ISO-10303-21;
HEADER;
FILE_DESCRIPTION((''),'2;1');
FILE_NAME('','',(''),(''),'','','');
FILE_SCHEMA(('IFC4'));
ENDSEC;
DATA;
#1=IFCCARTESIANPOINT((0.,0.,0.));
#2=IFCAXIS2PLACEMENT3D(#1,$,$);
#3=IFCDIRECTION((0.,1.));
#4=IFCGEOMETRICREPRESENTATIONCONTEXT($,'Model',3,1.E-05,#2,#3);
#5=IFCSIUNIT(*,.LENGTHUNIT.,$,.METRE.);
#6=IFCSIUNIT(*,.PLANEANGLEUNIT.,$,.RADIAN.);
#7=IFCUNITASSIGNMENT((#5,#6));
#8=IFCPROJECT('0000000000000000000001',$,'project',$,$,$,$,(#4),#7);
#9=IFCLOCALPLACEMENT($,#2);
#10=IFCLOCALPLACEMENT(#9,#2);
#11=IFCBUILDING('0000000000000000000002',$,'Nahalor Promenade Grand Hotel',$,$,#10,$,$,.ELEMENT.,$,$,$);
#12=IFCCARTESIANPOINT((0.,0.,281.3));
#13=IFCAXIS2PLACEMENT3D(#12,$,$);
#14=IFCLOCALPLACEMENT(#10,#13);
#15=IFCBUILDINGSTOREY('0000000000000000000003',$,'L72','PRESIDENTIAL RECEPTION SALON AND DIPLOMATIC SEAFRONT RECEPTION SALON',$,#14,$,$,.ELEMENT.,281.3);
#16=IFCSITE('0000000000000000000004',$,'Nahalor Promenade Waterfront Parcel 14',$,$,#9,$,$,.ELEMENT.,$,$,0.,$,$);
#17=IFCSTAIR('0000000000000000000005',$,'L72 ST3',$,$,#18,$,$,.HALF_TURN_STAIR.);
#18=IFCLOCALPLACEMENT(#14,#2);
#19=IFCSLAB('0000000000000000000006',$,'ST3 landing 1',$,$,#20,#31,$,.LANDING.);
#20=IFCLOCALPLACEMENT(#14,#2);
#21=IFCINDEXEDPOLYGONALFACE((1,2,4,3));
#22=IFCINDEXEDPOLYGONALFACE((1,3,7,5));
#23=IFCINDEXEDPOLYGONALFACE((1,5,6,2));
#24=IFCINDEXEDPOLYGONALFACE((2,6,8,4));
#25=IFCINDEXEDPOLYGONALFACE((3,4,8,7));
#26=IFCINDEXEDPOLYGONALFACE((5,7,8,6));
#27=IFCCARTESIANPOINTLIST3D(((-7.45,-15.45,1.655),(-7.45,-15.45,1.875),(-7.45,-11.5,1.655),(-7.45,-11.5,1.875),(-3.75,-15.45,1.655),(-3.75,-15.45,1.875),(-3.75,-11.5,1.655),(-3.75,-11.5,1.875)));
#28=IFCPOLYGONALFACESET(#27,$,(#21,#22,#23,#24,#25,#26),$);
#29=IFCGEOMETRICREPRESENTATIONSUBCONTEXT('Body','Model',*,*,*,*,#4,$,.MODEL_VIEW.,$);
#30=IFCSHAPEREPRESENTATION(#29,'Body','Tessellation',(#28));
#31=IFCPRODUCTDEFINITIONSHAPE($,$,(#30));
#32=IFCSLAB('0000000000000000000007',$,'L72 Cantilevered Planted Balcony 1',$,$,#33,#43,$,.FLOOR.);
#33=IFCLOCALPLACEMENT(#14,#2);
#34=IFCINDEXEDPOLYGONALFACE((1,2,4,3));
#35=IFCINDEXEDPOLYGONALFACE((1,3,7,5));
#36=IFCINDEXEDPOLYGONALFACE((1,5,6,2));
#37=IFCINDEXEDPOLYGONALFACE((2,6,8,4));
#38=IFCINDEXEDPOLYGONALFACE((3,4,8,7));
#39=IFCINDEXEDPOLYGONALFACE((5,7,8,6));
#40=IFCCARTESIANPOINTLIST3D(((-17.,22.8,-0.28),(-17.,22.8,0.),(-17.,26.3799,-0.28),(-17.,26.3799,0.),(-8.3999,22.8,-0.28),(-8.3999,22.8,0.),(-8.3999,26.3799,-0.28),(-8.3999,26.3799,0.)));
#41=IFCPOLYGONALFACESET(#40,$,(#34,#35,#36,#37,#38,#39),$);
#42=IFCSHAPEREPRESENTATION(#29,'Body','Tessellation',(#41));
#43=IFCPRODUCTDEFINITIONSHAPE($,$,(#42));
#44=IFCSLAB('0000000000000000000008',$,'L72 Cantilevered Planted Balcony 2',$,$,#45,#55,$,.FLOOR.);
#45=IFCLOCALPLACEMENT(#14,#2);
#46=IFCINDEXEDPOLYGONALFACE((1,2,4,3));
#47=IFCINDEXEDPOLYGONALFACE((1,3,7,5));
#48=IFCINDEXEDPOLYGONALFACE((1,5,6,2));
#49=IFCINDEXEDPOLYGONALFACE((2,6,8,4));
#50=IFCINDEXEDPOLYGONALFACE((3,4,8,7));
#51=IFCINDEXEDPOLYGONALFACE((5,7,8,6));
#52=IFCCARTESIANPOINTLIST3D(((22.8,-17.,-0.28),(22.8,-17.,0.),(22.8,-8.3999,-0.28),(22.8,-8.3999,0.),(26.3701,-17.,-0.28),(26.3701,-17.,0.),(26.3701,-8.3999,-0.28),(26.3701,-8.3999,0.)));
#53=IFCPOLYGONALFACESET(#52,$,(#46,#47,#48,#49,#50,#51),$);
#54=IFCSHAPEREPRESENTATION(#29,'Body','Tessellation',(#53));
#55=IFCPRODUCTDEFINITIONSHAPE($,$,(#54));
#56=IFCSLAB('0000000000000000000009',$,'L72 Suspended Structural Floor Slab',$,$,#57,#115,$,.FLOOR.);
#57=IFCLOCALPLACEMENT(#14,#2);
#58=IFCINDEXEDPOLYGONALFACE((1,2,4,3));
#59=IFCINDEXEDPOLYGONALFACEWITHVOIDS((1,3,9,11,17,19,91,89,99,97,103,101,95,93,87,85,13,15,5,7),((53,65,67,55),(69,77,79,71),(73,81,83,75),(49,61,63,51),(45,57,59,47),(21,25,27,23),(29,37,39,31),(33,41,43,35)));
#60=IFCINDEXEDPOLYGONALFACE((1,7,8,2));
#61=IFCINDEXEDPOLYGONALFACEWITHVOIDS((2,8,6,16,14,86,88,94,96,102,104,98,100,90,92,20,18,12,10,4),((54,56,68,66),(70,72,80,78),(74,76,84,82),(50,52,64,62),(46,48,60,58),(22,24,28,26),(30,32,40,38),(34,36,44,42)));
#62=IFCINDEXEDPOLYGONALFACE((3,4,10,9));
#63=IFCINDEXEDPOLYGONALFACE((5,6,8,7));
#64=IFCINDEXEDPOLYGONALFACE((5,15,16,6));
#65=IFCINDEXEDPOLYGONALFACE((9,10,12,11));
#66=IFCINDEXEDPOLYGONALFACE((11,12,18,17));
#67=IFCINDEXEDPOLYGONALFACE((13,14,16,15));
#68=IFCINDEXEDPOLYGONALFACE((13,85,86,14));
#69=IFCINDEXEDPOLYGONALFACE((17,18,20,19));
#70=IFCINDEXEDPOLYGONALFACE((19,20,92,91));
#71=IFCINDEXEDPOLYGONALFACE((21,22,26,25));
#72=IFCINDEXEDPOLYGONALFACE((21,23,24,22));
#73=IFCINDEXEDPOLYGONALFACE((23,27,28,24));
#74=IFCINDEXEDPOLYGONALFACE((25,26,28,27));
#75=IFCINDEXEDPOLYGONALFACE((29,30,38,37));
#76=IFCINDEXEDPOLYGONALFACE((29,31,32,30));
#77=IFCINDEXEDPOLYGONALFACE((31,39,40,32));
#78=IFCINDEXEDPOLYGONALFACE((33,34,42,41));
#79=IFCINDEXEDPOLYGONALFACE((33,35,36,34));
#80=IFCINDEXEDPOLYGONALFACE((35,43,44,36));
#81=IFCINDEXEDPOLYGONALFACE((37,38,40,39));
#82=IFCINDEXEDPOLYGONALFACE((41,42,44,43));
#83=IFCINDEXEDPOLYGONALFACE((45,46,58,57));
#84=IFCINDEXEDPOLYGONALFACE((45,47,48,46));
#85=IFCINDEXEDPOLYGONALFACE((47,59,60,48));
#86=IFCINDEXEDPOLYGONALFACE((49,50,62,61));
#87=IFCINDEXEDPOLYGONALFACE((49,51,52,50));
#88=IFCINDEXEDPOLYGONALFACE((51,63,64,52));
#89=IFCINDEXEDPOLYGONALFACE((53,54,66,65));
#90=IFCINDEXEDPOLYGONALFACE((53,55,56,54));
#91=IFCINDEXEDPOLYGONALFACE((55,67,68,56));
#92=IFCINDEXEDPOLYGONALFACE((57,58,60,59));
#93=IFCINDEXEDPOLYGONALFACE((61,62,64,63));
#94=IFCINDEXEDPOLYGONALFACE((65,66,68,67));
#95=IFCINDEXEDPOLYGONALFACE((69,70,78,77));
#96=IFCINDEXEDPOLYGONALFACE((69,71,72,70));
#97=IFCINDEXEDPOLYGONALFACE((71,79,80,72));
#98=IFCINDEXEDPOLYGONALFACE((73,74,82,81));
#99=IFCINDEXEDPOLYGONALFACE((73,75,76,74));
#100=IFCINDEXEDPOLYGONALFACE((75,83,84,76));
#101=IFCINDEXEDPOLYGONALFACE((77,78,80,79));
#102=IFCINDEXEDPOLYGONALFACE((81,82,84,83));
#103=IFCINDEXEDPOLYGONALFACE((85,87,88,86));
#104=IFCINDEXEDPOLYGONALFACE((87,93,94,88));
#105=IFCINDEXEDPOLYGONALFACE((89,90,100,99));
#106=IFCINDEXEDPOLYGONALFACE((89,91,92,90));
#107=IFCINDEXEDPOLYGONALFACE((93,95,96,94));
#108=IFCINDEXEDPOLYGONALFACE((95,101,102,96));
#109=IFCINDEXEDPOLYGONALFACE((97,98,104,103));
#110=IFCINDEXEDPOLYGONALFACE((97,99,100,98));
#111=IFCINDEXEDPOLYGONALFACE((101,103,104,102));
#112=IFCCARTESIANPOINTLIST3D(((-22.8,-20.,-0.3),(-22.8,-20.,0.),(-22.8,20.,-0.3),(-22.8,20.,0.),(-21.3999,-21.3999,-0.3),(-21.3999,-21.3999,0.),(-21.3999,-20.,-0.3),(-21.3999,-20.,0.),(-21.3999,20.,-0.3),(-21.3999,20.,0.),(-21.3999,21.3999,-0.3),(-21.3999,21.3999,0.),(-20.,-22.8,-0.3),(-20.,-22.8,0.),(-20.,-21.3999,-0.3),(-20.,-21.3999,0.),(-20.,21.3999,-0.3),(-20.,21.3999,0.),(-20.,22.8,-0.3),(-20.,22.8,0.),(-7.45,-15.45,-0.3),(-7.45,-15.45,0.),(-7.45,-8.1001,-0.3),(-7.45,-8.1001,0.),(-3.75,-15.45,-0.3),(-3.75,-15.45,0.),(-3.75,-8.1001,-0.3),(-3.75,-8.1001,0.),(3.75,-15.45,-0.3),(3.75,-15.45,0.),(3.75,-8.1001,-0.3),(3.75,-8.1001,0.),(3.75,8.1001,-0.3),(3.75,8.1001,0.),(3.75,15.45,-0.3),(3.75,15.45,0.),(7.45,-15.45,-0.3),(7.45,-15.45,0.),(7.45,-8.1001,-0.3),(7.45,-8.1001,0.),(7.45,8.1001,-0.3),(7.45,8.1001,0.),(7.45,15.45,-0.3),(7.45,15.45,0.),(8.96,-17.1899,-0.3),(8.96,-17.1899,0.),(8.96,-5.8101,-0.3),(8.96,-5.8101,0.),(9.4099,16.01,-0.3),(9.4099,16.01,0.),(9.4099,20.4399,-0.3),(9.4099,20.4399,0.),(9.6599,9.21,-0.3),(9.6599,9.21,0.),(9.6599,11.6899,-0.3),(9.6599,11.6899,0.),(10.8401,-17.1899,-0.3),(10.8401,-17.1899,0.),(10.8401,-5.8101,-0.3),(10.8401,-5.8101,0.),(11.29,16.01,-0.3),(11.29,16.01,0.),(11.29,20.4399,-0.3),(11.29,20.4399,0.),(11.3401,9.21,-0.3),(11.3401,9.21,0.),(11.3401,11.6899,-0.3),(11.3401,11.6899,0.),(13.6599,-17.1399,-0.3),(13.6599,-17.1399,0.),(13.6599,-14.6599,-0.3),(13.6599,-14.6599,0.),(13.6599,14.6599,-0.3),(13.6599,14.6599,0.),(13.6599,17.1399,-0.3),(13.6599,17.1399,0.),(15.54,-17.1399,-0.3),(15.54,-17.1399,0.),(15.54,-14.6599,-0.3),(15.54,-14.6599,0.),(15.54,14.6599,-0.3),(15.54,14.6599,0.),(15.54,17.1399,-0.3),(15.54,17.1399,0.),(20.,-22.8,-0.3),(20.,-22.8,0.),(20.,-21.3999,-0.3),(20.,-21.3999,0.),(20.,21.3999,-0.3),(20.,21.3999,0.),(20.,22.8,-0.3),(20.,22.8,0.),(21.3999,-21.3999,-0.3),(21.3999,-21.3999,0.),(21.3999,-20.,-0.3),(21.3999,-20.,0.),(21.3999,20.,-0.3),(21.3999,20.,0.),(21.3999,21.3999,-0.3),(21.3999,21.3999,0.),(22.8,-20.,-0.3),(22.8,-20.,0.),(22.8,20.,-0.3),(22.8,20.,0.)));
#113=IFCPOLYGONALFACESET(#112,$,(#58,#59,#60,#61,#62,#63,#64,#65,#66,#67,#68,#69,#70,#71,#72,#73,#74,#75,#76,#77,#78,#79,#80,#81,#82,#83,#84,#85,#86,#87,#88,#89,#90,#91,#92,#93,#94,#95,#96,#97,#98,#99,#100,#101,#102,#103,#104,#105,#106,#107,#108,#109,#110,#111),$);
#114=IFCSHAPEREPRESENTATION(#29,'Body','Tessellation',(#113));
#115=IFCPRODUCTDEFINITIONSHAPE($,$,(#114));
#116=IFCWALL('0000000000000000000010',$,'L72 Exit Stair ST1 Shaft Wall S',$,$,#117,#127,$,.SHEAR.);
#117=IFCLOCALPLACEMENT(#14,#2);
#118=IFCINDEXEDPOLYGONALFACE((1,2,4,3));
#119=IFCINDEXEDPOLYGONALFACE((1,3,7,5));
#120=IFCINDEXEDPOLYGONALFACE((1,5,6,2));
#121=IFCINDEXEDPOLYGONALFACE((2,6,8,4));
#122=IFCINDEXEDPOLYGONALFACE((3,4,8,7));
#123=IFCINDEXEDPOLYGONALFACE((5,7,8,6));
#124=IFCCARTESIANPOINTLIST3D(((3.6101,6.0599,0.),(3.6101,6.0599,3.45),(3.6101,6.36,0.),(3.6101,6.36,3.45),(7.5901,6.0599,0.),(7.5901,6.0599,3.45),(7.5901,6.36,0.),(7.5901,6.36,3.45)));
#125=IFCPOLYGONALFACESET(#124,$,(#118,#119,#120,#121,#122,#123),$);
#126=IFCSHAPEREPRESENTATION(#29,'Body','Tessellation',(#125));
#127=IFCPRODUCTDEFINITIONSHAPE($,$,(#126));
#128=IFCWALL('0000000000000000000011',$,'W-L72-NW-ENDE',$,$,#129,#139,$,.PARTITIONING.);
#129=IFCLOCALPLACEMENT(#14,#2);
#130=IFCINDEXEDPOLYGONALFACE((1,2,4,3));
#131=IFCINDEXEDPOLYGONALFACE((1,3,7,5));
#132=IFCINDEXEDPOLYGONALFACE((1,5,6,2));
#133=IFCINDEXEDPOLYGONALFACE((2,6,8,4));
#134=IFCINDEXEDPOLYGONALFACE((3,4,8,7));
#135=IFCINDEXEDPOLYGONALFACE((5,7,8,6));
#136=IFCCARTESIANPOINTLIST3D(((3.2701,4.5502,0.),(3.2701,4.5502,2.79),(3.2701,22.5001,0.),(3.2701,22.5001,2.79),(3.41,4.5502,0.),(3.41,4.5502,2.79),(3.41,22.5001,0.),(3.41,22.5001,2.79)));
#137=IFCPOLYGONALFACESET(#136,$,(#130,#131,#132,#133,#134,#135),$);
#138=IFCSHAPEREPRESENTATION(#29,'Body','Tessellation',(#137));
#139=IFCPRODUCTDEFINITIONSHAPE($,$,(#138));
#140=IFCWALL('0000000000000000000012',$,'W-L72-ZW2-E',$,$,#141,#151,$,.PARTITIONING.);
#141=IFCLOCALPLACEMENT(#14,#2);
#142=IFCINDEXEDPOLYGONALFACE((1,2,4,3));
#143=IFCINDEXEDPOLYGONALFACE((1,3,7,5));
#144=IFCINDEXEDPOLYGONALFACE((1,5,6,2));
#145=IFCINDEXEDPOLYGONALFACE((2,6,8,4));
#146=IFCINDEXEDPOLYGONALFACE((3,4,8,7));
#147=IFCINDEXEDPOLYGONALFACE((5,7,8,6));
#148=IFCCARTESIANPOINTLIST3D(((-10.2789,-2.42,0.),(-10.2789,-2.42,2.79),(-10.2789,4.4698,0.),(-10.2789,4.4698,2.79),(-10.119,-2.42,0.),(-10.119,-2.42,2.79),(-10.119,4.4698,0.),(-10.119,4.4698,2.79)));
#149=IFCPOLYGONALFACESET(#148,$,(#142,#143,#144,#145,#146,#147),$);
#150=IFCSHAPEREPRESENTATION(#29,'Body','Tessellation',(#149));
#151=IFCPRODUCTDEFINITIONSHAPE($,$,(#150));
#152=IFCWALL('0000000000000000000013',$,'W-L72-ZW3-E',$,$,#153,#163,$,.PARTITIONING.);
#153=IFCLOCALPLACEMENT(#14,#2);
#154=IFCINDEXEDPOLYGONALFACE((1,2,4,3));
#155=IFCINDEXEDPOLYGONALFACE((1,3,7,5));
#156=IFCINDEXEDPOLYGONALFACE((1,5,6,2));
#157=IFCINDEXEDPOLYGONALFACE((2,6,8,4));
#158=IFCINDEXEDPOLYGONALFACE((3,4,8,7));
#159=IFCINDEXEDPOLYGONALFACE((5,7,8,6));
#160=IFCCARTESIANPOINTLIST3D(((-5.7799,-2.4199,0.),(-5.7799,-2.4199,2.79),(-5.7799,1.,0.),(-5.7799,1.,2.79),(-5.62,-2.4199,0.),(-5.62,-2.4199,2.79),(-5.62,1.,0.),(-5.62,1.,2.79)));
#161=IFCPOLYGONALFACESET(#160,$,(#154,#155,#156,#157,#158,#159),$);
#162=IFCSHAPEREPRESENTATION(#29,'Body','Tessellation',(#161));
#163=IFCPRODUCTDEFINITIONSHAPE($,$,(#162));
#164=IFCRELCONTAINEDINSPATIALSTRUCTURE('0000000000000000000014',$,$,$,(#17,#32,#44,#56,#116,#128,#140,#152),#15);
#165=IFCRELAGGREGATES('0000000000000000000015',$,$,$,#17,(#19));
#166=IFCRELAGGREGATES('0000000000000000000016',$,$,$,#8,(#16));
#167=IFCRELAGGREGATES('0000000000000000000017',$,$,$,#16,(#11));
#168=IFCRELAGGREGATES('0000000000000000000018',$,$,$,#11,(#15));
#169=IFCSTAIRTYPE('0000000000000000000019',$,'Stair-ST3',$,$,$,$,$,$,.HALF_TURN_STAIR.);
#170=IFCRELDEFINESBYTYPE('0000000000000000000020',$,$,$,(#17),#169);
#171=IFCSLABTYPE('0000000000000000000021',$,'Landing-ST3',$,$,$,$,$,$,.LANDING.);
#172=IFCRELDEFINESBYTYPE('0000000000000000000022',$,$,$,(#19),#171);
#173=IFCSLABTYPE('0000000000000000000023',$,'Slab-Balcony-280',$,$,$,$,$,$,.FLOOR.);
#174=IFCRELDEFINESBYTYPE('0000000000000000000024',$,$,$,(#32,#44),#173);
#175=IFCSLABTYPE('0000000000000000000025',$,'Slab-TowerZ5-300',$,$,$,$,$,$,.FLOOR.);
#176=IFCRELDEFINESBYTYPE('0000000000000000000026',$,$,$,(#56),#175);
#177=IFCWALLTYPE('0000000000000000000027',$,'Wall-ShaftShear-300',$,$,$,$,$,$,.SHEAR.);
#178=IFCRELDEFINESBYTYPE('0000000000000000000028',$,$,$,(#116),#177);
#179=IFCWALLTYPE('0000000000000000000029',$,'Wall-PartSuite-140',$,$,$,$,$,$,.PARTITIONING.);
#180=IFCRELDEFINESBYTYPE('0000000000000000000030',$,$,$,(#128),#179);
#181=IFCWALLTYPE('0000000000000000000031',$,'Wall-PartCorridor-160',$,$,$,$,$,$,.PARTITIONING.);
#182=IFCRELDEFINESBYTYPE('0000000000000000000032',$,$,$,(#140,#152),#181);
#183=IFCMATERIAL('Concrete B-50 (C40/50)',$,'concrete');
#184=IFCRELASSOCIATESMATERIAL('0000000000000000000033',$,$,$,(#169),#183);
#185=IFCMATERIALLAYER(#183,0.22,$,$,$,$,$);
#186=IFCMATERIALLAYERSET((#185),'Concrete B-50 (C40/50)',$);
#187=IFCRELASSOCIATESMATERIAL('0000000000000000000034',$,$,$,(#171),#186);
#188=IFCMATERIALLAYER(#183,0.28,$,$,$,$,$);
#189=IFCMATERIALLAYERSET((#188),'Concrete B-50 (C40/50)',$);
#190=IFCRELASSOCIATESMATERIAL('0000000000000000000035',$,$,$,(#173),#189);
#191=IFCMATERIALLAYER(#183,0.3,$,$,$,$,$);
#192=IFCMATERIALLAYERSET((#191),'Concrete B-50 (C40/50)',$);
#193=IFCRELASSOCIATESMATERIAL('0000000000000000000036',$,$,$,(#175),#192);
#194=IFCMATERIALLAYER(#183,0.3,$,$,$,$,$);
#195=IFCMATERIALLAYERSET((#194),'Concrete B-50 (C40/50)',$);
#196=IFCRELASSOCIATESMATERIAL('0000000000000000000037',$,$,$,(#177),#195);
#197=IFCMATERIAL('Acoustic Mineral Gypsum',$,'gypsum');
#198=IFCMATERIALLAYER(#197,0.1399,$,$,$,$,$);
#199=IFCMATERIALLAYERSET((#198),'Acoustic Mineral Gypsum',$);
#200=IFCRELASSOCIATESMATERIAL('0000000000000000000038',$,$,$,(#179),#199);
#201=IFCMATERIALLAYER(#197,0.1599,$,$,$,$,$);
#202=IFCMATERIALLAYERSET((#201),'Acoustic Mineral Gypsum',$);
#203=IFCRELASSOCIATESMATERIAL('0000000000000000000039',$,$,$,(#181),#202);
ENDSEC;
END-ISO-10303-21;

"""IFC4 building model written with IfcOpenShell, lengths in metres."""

from ifc_helpers import new_model, si_unit, direction, frame, frame_2d, origin, place, context, subcontext, project, spatial, polyline, rectangle, outline, extrude, source, transform, mapped, material, layer, layer_set, type_object, element, aggregate, save


model = new_model("IFC4")

# Units and contexts
model_context = context("Model", 3, precision=1e-05, world=origin(), true_north=direction((0.0, 1.0)))
body_context = subcontext(model_context, "Body", "Model", "MODEL_VIEW")
ifc_project = project(units=[si_unit("LENGTHUNIT", "METRE"), si_unit("PLANEANGLEUNIT", "RADIAN")], contexts=[model_context])

# Site, building, storey
site_placement = place(None, origin())
site = spatial("IfcSite", under=ifc_project, at=site_placement, Name="Nahalor Promenade Waterfront Parcel 14", CompositionType="ELEMENT", RefElevation=0.0)
building_placement = place(site_placement, origin())
building = spatial("IfcBuilding", under=site, at=building_placement, Name="Nahalor Promenade Grand Hotel", CompositionType="ELEMENT")
storey_placement = place(building_placement, frame((0.0, 0.0, 281.3)))
storey = spatial("IfcBuildingStorey", under=building, at=storey_placement, Name="L72", Description="PRESIDENTIAL RECEPTION SALON AND DIPLOMATIC SEAFRONT RECEPTION SALON", CompositionType="ELEMENT", Elevation=281.3)

# Shared definitions
ifc_material_1 = material(Name="Concrete B-50 (C40/50)", Category="concrete")

# Stair, slab
stair_type_1 = type_object("IfcStairType", Name="Stair-ST3", PredefinedType="HALF_TURN_STAIR", material=ifc_material_1)
stair_1_placement = place(storey_placement, origin())
stair_1 = element("IfcStair", 1, at=stair_1_placement, inside=storey, type_object=stair_type_1, Name="L72 ST3", PredefinedType="HALF_TURN_STAIR")
ifc_layer_1 = layer(ifc_material_1, 0.22)
ifc_layer_set_1 = layer_set([ifc_layer_1], Name="Concrete B-50 (C40/50)")
slab_type_1 = type_object("IfcSlabType", Name="Landing-ST3", PredefinedType="LANDING", material=ifc_layer_set_1)
slab_1_placement = place(storey_placement, frame((0.0, 0.0, 1.655)))
slab_1 = element("IfcSlab", 2, at=slab_1_placement, type_object=slab_type_1, Name="ST3 landing 1", PredefinedType="LANDING", context=body_context, shape_type="SweptSolid", body=[
    extrude(outline(polyline([(-7.45, -11.5), (-7.45, -15.45), (-3.75, -15.45), (-3.75, -11.5), (-7.45, -11.5)])), origin(), (0.0, 0.0, 1.0), 0.22),
])
aggregate(stair_1, [slab_1])

# Slabs
ifc_layer_2 = layer(ifc_material_1, 0.28)
ifc_layer_set_2 = layer_set([ifc_layer_2], Name="Concrete B-50 (C40/50)")
slab_type_2 = type_object("IfcSlabType", Name="Slab-Balcony-280", PredefinedType="FLOOR", material=ifc_layer_set_2)
slab_2_placement = place(storey_placement, frame((0.0, 0.0, -0.28)))
element("IfcSlab", 3, at=slab_2_placement, inside=storey, type_object=slab_type_2, Name="L72 Cantilevered Planted Balcony 1", PredefinedType="FLOOR", context=body_context, shape_type="SweptSolid", body=[
    extrude(outline(polyline([(-17.0, 22.8), (-8.3999, 22.8), (-8.3999, 26.3799), (-17.0, 26.3799), (-17.0, 22.8)])), origin(), (0.0, 0.0, 1.0), 0.28),
])
slab_3_placement = place(storey_placement, frame((0.0, 0.0, -0.28)))
element("IfcSlab", 4, at=slab_3_placement, inside=storey, type_object=slab_type_2, Name="L72 Cantilevered Planted Balcony 2", PredefinedType="FLOOR", context=body_context, shape_type="SweptSolid", body=[
    extrude(outline(polyline([(22.8, -17.0), (26.3701, -17.0), (26.3701, -8.3999), (22.8, -8.3999), (22.8, -17.0)])), origin(), (0.0, 0.0, 1.0), 0.28),
])
ifc_layer_3 = layer(ifc_material_1, 0.3)
ifc_layer_set_3 = layer_set([ifc_layer_3], Name="Concrete B-50 (C40/50)")
slab_type_3 = type_object("IfcSlabType", Name="Slab-TowerZ5-300", PredefinedType="FLOOR", material=ifc_layer_set_3)
slab_4_placement = place(storey_placement, frame((0.0, 0.0, -0.3)))
element("IfcSlab", 5, at=slab_4_placement, inside=storey, type_object=slab_type_3, Name="L72 Suspended Structural Floor Slab", PredefinedType="FLOOR", context=body_context, shape_type="SweptSolid", body=[
    extrude(outline(polyline([(-20.0, -22.8), (20.0, -22.8), (20.0, -21.3999), (21.3999, -21.3999), (21.3999, -20.0), (22.8, -20.0), (22.8, 20.0), (21.3999, 20.0), (21.3999, 21.3999), (20.0, 21.3999), (20.0, 22.8), (-20.0, 22.8), (-20.0, 21.3999), (-21.3999, 21.3999), (-21.3999, 20.0), (-22.8, 20.0), (-22.8, -20.0), (-21.3999, -20.0), (-21.3999, -21.3999), (-20.0, -21.3999), (-20.0, -22.8)]), holes=[polyline([(3.75, 8.1001), (7.45, 8.1001), (7.45, 15.45), (3.75, 15.45), (3.75, 8.1001)]), polyline([(3.75, -15.45), (7.45, -15.45), (7.45, -8.1001), (3.75, -8.1001), (3.75, -15.45)]), polyline([(-7.45, -15.45), (-3.75, -15.45), (-3.75, -8.1001), (-7.45, -8.1001), (-7.45, -15.45)]), polyline([(8.96, -17.1899), (10.8401, -17.1899), (10.8401, -5.8101), (8.96, -5.8101), (8.96, -17.1899)]), polyline([(9.4099, 16.01), (11.29, 16.01), (11.29, 20.4399), (9.4099, 20.4399), (9.4099, 16.01)]), polyline([(9.6599, 9.21), (11.3401, 9.21), (11.3401, 11.6899), (9.6599, 11.6899), (9.6599, 9.21)]), polyline([(13.6599, 14.6599), (15.54, 14.6599), (15.54, 17.1399), (13.6599, 17.1399), (13.6599, 14.6599)]), polyline([(13.6599, -17.1399), (15.54, -17.1399), (15.54, -14.6599), (13.6599, -14.6599), (13.6599, -17.1399)])]), origin(), (0.0, 0.0, 1.0), 0.3),
])

# Walls
ifc_layer_4 = layer(ifc_material_1, 0.3)
ifc_layer_set_4 = layer_set([ifc_layer_4], Name="Concrete B-50 (C40/50)")
wall_type_1 = type_object("IfcWallType", Name="Wall-ShaftShear-300", PredefinedType="SHEAR", material=ifc_layer_set_4)
shared_shape_1 = source(origin(), body_context, "Body", "SweptSolid", [
    extrude(rectangle(XDim=3.98, YDim=0.3, at=frame_2d((1.99, 0.0))), origin(), (0.0, 0.0, 1.0), 3.45),
])
wall_1_placement = place(storey_placement, frame((3.6101, 6.21, 0.0), z_axis=(0.0, 0.0, 1.0), x_axis=(1.0, 0.0, 0.0)))
element("IfcWall", 6, at=wall_1_placement, inside=storey, type_object=wall_type_1, Name="L72 Exit Stair ST1 Shaft Wall S", PredefinedType="SHEAR", context=body_context, shape_type="MappedRepresentation", body=[
    mapped(shared_shape_1, transform((0.0, 0.0, 0.0), scale=1.0)),
])
ifc_material_2 = material(Name="Acoustic Mineral Gypsum", Category="gypsum")
ifc_layer_5 = layer(ifc_material_2, 0.1399)
ifc_layer_set_5 = layer_set([ifc_layer_5], Name="Acoustic Mineral Gypsum")
wall_type_2 = type_object("IfcWallType", Name="Wall-PartSuite-140", PredefinedType="PARTITIONING", material=ifc_layer_set_5)
shared_shape_2 = source(origin(), body_context, "Body", "SweptSolid", [
    extrude(rectangle(XDim=17.95, YDim=0.1399, at=frame_2d((8.9751, 0.0))), origin(), (0.0, 0.0, 1.0), 2.79),
])
wall_2_placement = place(storey_placement, frame((3.3401, 4.55, 0.0), z_axis=(0.0, 0.0, 1.0), x_axis=(0.0, 1.0, 0.0)))
element("IfcWall", 7, at=wall_2_placement, inside=storey, type_object=wall_type_2, Name="W-L72-NW-ENDE", PredefinedType="PARTITIONING", context=body_context, shape_type="MappedRepresentation", body=[
    mapped(shared_shape_2, transform((0.0, 0.0, 0.0), scale=1.0)),
])
ifc_layer_6 = layer(ifc_material_2, 0.1599)
ifc_layer_set_6 = layer_set([ifc_layer_6], Name="Acoustic Mineral Gypsum")
wall_type_3 = type_object("IfcWallType", Name="Wall-PartCorridor-160", PredefinedType="PARTITIONING", material=ifc_layer_set_6)
shared_shape_3 = source(origin(), body_context, "Body", "SweptSolid", [
    extrude(rectangle(XDim=6.8899, YDim=0.1599, at=frame_2d((3.4448, 0.0))), origin(), (0.0, 0.0, 1.0), 2.79),
])
wall_3_placement = place(storey_placement, frame((-10.199, -2.4199, 0.0), z_axis=(0.0, 0.0, 1.0), x_axis=(0.0, 1.0, 0.0)))
element("IfcWall", 8, at=wall_3_placement, inside=storey, type_object=wall_type_3, Name="W-L72-ZW2-E", PredefinedType="PARTITIONING", context=body_context, shape_type="MappedRepresentation", body=[
    mapped(shared_shape_3, transform((0.0, 0.0, 0.0), scale=1.0)),
])
shared_shape_4 = source(origin(), body_context, "Body", "SweptSolid", [
    extrude(rectangle(XDim=3.4199, YDim=0.1599, at=frame_2d((1.71, 0.0))), origin(), (0.0, 0.0, 1.0), 2.79),
])
wall_4_placement = place(storey_placement, frame((-5.7, -2.4199, 0.0), z_axis=(0.0, 0.0, 1.0), x_axis=(0.0, 1.0, 0.0)))
element("IfcWall", 9, at=wall_4_placement, inside=storey, type_object=wall_type_3, Name="W-L72-ZW3-E", PredefinedType="PARTITIONING", context=body_context, shape_type="MappedRepresentation", body=[
    mapped(shared_shape_4, transform((0.0, 0.0, 0.0), scale=1.0)),
])

save(model, "model.ifc")
